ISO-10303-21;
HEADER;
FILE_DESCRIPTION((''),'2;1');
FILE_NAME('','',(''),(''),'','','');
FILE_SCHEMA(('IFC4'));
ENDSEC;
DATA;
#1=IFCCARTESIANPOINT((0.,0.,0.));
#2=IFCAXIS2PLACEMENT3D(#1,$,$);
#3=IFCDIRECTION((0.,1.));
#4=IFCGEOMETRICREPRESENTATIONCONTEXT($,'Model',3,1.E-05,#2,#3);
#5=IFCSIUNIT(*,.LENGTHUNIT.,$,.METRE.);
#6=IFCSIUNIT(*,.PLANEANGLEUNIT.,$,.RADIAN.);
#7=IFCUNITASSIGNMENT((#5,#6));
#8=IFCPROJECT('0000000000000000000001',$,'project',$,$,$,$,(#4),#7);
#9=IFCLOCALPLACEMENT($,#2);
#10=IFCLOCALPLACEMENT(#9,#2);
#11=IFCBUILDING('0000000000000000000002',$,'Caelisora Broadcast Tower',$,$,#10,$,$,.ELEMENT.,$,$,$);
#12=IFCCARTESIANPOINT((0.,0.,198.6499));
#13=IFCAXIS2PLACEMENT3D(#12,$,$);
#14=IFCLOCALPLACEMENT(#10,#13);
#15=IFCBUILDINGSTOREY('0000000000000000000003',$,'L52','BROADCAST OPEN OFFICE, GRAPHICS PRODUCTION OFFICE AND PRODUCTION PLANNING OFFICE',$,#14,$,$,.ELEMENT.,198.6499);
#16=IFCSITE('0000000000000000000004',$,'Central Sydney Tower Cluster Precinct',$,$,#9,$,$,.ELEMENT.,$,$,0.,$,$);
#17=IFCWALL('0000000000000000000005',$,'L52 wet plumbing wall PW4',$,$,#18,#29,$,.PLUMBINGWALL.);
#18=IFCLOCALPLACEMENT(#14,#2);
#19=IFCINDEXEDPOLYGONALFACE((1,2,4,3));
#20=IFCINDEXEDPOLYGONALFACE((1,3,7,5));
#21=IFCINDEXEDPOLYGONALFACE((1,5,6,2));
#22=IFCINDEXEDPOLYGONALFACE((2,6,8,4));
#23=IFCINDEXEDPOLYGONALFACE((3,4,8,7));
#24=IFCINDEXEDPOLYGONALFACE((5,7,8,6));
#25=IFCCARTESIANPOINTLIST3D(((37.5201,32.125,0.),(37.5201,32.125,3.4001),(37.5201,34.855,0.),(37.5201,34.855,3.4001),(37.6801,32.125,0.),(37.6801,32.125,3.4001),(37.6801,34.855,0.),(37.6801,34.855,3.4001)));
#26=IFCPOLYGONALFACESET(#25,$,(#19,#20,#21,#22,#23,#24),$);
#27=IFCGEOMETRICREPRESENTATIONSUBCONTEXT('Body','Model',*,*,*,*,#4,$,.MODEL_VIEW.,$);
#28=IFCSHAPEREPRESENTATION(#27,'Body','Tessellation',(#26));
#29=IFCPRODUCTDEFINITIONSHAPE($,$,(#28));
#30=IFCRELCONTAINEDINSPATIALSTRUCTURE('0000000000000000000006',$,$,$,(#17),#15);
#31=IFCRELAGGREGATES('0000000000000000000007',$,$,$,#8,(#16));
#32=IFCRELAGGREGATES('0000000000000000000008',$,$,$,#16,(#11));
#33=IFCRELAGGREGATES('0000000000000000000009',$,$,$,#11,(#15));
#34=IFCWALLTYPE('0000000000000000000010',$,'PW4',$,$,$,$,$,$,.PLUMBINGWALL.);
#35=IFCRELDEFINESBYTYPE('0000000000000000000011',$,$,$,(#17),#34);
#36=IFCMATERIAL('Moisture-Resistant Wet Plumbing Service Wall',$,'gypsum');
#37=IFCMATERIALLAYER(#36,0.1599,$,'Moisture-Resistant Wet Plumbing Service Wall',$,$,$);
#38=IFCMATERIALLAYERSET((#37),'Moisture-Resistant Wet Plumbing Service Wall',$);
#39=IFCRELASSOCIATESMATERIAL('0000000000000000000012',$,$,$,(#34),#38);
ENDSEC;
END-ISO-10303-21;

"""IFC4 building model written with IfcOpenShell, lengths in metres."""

from ifc_helpers import new_model, si_unit, direction, frame, frame_2d, origin, place, context, subcontext, project, spatial, rectangle, extrude, material, layer, layer_set, type_object, element, save


model = new_model("IFC4")

# Units and contexts
model_context = context("Model", 3, precision=1e-05, world=origin(), true_north=direction((0.0, 1.0)))
body_context = subcontext(model_context, "Body", "Model", "MODEL_VIEW")
ifc_project = project(units=[si_unit("LENGTHUNIT", "METRE"), si_unit("PLANEANGLEUNIT", "RADIAN")], contexts=[model_context])

# Site, building, storey
site_placement = place(None, origin())
site = spatial("IfcSite", under=ifc_project, at=site_placement, Name="Central Sydney Tower Cluster Precinct", CompositionType="ELEMENT", RefElevation=0.0)
building_placement = place(site_placement, origin())
building = spatial("IfcBuilding", under=site, at=building_placement, Name="Caelisora Broadcast Tower", CompositionType="ELEMENT")
storey_placement = place(building_placement, frame((0.0, 0.0, 198.6499)))
storey = spatial("IfcBuildingStorey", under=building, at=storey_placement, Name="L52", Description="BROADCAST OPEN OFFICE, GRAPHICS PRODUCTION OFFICE AND PRODUCTION PLANNING OFFICE", CompositionType="ELEMENT", Elevation=198.6499)

# Shared definitions
ifc_material_1 = material(Name="Moisture-Resistant Wet Plumbing Service Wall", Category="gypsum")
ifc_layer_1 = layer(ifc_material_1, 0.1599, Name="Moisture-Resistant Wet Plumbing Service Wall")
ifc_layer_set_1 = layer_set([ifc_layer_1], Name="Moisture-Resistant Wet Plumbing Service Wall")
wall_type_1 = type_object("IfcWallType", Name="PW4", PredefinedType="PLUMBINGWALL", material=ifc_layer_set_1)

# Wall
wall_1_placement = place(storey_placement, frame((37.6001, 32.125, 0.0), z_axis=(0.0, 0.0, 1.0), x_axis=(0.0, 1.0, 0.0)))
element("IfcWall", 1, at=wall_1_placement, inside=storey, type_object=wall_type_1, Name="L52 wet plumbing wall PW4", PredefinedType="PLUMBINGWALL", context=body_context, shape_type="SweptSolid", body=[
    extrude(rectangle(XDim=2.73, YDim=0.1599, at=frame_2d((1.365, 0.0))), origin(), (0.0, 0.0, 1.0), 3.4001),
])

save(model, "model.ifc")
